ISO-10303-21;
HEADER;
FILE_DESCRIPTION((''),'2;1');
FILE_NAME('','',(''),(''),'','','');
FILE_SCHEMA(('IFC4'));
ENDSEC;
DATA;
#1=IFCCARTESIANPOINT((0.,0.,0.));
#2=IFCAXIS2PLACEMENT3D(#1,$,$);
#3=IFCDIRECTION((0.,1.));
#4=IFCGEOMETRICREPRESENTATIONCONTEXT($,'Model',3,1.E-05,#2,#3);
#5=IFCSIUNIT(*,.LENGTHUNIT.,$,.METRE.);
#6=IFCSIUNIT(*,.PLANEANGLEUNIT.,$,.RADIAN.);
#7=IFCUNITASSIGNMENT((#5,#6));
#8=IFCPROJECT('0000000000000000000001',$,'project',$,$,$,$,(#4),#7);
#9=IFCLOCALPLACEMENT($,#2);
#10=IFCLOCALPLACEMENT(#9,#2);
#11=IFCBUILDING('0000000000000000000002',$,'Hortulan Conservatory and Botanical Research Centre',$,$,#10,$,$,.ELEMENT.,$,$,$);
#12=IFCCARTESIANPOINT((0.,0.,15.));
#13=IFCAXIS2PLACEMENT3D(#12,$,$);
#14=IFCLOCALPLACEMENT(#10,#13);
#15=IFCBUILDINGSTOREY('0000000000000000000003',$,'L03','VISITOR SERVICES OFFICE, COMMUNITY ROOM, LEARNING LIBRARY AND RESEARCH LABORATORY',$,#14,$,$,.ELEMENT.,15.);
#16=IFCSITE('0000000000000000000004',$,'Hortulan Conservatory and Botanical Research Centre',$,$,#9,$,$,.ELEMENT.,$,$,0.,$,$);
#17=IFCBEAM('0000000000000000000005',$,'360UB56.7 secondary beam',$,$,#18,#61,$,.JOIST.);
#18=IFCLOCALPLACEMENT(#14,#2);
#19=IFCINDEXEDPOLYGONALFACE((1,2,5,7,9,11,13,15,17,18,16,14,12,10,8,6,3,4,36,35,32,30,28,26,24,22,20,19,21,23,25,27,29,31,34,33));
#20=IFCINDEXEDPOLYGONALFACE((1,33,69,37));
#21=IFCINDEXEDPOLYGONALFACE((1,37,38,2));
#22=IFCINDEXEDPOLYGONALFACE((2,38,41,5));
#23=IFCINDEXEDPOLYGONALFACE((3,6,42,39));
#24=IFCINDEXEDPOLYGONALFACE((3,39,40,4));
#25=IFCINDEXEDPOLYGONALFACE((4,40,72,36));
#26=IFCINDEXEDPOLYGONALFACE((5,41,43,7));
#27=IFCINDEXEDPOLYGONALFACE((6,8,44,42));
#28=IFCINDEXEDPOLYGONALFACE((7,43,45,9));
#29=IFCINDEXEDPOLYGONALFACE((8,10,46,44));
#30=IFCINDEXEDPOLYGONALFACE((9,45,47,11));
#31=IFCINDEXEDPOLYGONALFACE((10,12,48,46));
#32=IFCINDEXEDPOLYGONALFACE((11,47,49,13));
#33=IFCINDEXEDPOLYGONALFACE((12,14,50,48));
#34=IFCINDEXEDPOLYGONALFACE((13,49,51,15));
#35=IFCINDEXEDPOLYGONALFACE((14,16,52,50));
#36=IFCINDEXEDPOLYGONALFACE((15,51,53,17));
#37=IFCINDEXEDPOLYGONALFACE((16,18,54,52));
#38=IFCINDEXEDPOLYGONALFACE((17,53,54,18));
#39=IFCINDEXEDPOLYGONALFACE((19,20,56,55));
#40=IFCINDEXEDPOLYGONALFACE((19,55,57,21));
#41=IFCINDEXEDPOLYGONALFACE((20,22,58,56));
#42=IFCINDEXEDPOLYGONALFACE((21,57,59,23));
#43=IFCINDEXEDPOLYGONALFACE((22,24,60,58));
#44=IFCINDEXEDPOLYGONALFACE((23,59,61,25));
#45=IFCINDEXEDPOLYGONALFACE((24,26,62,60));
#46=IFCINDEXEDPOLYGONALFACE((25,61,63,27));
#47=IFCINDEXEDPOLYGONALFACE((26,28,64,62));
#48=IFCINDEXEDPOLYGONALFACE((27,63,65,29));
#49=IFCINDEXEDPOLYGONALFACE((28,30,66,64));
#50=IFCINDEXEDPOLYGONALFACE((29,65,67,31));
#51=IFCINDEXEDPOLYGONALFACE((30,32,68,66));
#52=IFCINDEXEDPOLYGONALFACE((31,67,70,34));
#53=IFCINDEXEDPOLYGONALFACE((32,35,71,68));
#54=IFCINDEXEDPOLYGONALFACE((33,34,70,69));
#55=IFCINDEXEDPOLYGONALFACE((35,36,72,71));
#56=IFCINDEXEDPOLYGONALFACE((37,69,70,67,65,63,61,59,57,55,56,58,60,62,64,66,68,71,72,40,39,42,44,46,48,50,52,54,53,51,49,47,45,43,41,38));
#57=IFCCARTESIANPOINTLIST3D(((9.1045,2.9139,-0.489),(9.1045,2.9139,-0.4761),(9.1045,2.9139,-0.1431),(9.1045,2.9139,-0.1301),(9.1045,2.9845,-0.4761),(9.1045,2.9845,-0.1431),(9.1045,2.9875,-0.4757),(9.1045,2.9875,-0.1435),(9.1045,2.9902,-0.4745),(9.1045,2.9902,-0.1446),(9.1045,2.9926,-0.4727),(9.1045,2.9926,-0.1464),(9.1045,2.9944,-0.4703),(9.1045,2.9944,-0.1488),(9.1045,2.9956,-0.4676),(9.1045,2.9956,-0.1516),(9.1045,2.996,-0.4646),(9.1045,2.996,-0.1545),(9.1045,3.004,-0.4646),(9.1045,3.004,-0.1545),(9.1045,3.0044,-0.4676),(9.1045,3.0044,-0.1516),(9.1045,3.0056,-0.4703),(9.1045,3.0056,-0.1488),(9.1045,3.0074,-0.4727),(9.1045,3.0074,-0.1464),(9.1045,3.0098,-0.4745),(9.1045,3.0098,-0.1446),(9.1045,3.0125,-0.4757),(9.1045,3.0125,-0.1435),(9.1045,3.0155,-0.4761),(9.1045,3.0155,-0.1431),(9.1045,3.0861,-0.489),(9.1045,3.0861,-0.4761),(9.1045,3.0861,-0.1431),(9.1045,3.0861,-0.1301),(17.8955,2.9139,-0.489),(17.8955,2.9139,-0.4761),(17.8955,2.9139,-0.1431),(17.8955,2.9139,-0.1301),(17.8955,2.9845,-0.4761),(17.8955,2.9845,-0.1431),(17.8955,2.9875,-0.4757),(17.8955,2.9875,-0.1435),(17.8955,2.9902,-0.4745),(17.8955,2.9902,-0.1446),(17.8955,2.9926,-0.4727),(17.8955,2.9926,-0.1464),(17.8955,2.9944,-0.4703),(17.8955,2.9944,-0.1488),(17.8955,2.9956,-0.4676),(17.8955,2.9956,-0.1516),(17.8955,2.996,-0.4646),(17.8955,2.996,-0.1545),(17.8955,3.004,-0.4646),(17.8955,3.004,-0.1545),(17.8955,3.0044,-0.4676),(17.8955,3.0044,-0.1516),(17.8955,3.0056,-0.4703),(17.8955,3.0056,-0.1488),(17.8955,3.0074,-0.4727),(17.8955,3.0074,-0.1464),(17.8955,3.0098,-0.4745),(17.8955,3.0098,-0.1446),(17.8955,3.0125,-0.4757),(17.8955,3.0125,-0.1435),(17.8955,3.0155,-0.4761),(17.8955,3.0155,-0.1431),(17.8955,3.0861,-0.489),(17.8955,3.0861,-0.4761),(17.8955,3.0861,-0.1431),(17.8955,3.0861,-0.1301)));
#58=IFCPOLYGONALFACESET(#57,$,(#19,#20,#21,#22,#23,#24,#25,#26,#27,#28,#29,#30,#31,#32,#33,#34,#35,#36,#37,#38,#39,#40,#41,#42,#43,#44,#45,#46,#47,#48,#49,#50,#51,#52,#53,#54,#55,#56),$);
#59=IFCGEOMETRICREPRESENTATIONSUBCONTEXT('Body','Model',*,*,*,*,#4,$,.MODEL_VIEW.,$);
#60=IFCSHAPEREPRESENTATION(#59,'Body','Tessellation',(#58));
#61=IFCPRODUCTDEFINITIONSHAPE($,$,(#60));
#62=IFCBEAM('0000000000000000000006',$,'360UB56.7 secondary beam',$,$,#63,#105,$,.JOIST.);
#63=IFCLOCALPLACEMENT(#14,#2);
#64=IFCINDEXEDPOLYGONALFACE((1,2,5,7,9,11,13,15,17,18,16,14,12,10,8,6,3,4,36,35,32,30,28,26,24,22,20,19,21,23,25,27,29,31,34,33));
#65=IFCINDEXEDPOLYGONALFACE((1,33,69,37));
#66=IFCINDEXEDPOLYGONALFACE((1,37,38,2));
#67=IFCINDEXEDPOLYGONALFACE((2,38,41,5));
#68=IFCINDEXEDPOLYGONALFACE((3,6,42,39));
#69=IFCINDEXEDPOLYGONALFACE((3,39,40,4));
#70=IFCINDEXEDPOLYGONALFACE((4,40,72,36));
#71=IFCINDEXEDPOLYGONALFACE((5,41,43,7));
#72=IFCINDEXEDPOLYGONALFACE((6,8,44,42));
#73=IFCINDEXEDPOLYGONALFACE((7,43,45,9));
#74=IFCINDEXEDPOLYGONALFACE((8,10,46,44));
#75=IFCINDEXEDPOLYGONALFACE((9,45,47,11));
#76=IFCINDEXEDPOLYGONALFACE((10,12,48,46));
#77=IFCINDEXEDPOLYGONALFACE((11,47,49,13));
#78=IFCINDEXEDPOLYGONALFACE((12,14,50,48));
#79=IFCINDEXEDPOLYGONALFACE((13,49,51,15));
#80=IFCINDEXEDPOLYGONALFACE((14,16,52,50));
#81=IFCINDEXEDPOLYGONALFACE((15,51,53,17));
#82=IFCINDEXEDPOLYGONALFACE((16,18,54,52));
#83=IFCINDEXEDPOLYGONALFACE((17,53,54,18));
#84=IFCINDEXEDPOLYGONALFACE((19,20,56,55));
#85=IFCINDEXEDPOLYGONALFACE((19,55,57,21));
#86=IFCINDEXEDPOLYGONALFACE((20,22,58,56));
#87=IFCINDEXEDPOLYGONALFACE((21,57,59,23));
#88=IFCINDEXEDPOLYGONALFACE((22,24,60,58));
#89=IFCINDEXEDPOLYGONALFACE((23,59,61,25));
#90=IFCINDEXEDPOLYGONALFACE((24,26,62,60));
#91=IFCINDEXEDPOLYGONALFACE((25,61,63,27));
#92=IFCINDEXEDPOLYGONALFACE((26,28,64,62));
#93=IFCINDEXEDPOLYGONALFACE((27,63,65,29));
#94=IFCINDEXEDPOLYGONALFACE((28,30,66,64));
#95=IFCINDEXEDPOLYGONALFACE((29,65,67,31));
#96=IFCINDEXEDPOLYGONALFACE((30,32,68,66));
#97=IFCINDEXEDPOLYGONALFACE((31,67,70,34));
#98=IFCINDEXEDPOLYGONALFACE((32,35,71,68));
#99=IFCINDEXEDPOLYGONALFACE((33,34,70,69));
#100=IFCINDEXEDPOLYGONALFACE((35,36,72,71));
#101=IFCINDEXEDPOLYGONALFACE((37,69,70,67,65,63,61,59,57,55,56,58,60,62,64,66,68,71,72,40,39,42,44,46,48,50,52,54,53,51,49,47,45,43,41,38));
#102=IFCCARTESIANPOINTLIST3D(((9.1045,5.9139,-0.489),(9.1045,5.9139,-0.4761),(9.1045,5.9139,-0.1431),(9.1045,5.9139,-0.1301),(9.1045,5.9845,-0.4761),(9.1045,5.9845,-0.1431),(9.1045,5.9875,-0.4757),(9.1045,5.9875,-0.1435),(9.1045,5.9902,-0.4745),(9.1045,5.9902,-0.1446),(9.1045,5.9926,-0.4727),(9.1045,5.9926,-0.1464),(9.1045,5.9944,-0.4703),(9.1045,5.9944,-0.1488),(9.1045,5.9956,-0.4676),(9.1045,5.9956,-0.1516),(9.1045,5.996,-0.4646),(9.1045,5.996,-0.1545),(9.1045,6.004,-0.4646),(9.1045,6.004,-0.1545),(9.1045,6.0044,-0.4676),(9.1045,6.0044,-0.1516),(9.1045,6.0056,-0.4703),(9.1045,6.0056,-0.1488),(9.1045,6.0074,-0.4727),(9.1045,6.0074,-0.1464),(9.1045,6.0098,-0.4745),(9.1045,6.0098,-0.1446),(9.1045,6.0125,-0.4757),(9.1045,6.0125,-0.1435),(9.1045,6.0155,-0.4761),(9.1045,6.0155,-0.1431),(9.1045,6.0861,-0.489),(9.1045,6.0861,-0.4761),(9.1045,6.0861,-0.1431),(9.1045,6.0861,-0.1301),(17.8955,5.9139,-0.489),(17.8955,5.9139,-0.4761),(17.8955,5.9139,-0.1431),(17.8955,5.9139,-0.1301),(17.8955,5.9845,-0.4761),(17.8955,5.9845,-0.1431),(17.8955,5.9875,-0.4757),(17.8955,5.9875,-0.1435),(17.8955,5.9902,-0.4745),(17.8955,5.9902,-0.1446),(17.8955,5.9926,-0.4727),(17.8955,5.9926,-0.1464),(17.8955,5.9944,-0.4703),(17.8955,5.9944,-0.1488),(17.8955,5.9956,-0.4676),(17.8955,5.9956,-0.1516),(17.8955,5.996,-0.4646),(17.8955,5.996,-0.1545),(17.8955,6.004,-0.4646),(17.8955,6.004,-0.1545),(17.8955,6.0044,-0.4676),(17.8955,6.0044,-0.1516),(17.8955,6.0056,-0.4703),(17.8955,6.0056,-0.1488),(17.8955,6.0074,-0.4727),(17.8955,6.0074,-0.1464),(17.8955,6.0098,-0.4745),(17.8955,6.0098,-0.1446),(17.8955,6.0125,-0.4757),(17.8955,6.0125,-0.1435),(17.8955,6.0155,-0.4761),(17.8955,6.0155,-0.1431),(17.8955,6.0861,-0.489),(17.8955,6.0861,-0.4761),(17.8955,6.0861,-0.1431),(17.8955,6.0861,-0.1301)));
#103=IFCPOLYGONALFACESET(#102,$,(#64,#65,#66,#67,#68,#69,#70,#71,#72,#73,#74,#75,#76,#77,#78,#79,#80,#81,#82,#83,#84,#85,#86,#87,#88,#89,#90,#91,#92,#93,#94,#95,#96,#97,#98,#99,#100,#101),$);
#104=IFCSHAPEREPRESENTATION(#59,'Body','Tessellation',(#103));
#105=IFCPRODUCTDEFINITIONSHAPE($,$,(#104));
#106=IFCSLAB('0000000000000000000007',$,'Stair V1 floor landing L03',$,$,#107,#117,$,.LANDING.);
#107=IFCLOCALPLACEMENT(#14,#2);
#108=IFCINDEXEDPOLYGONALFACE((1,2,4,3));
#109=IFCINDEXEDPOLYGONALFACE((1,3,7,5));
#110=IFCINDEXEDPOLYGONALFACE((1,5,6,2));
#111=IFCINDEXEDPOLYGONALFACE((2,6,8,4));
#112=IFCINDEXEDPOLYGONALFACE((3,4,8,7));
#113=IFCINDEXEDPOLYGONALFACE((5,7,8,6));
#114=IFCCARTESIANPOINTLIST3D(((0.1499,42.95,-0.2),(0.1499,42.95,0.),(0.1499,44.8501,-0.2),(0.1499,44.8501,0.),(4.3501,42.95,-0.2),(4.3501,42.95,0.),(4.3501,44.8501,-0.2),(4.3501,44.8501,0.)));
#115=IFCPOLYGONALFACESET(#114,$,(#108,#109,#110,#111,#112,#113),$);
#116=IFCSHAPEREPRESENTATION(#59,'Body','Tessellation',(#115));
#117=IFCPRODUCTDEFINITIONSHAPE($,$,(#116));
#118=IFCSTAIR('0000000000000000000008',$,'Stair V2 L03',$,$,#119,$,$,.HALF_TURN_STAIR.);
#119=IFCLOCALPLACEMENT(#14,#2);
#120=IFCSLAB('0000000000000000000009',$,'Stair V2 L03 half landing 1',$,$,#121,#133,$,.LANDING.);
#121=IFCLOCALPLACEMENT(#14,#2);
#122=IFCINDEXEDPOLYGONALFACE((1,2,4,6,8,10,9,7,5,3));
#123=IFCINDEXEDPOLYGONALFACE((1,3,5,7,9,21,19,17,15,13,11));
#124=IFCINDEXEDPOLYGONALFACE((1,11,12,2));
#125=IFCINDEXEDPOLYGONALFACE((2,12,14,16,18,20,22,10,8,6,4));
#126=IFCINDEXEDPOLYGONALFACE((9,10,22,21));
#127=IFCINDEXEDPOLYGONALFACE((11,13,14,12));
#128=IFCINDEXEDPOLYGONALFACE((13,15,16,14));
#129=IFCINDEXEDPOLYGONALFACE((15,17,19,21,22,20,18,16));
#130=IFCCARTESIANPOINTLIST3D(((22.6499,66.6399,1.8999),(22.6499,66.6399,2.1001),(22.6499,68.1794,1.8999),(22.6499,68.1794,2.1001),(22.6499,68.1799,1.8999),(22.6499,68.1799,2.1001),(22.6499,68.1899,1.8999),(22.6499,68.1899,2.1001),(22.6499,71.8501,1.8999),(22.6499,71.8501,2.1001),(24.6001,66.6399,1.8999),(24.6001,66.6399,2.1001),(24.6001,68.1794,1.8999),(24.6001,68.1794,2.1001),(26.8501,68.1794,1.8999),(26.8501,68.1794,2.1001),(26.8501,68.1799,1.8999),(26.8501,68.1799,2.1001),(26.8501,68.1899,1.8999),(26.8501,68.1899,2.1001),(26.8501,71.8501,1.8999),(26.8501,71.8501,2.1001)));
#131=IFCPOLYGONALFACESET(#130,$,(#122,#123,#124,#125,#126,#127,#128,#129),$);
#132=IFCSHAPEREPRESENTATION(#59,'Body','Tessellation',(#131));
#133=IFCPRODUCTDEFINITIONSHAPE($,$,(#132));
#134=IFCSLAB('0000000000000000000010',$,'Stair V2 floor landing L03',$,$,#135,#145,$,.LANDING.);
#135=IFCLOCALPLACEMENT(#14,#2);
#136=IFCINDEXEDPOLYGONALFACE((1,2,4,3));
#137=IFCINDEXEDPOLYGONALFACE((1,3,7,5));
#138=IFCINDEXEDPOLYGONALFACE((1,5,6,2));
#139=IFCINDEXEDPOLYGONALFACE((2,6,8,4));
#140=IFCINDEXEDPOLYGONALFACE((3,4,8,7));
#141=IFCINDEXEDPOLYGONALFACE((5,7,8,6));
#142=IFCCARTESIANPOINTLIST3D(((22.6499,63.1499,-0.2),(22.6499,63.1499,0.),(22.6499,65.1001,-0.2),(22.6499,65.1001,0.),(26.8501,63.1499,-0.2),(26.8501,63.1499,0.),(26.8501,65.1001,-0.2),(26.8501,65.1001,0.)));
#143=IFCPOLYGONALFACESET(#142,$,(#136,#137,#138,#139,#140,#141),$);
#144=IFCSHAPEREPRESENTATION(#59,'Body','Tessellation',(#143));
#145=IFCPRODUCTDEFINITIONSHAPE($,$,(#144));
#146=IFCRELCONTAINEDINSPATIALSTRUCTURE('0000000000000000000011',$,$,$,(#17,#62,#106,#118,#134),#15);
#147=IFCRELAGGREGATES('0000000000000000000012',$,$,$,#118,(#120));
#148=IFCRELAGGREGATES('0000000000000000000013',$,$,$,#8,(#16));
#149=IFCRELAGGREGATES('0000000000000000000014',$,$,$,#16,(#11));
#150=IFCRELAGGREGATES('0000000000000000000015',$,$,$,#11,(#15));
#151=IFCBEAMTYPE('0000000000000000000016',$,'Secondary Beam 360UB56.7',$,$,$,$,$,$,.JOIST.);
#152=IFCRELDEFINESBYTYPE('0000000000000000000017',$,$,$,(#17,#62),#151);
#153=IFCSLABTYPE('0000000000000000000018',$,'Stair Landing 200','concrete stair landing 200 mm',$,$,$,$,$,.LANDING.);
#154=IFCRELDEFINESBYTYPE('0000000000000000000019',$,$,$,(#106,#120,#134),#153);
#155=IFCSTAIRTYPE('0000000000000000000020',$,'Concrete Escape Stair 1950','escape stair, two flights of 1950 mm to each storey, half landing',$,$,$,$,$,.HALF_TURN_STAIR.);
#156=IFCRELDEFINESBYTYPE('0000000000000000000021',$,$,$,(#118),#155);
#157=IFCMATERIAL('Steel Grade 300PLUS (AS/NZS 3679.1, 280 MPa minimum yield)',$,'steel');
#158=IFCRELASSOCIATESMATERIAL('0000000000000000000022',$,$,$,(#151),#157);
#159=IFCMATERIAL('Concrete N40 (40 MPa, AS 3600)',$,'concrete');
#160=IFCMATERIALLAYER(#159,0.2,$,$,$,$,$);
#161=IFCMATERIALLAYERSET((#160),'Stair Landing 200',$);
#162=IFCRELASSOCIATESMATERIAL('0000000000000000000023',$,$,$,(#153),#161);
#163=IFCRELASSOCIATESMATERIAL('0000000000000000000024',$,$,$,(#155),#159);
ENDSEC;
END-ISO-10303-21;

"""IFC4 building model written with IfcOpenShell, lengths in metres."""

from ifc_helpers import new_model, si_unit, direction, frame, origin, origin_2d, place, context, subcontext, project, spatial, polyline, i_section, outline, extrude, material, layer, layer_set, material_profile, profile_set, type_object, element, aggregate, save


model = new_model("IFC4")

# Units and contexts
model_context = context("Model", 3, precision=1e-05, world=origin(), true_north=direction((0.0, 1.0)))
body_context = subcontext(model_context, "Body", "Model", "MODEL_VIEW")
ifc_project = project(units=[si_unit("LENGTHUNIT", "METRE"), si_unit("PLANEANGLEUNIT", "RADIAN")], contexts=[model_context])

# Site, building, storey
site_placement = place(None, origin())
site = spatial("IfcSite", under=ifc_project, at=site_placement, Name="Hortulan Conservatory and Botanical Research Centre", CompositionType="ELEMENT", RefElevation=0.0)
building_placement = place(site_placement, origin())
building = spatial("IfcBuilding", under=site, at=building_placement, Name="Hortulan Conservatory and Botanical Research Centre", CompositionType="ELEMENT")
storey_placement = place(building_placement, frame((0.0, 0.0, 15.0)))
storey = spatial("IfcBuildingStorey", under=building, at=storey_placement, Name="L03", Description="VISITOR SERVICES OFFICE, COMMUNITY ROOM, LEARNING LIBRARY AND RESEARCH LABORATORY", CompositionType="ELEMENT", Elevation=15.0)

# Beams
ifc_material_1 = material(Name="Steel Grade 300PLUS (AS/NZS 3679.1, 280 MPa minimum yield)", Category="steel")
ifc_material_profile_1 = material_profile(ifc_material_1, i_section(OverallWidth=0.1721, OverallDepth=0.3589, WebThickness=0.0081, FlangeThickness=0.0129, FilletRadius=0.0115, at=origin_2d()), Name="360UB56.7")
ifc_profile_set_1 = profile_set([ifc_material_profile_1], Name="Steel Grade 300PLUS (AS/NZS 3679.1, 280 MPa minimum yield)")
beam_type_1 = type_object("IfcBeamType", Name="Secondary Beam 360UB56.7", PredefinedType="JOIST", material=ifc_profile_set_1)
for number, where, z_axis, x_axis, name in (
    (1, (9.1045, 3.0, -0.3096), (1.0, 0.0, 0.0), (0.0, 1.0, 0.0), "360UB56.7 secondary beam"),
    (2, (9.1045, 6.0, -0.3096), (1.0, 0.0, 0.0), (0.0, 1.0, 0.0), "360UB56.7 secondary beam"),
):
    element("IfcBeam", number, at=place(storey_placement, frame(where, z_axis=z_axis, x_axis=x_axis)), inside=storey, type_object=beam_type_1, Name=name, PredefinedType="JOIST", context=body_context, shape_type="SweptSolid", body=[
        extrude(i_section(OverallWidth=0.1721, OverallDepth=0.3589, WebThickness=0.0081, FlangeThickness=0.0129, FilletRadius=0.0115, at=origin_2d()), origin(), (0.0, 0.0, 1.0), 8.791),
    ])

# Slab
ifc_material_2 = material(Name="Concrete N40 (40 MPa, AS 3600)", Category="concrete")
ifc_layer_1 = layer(ifc_material_2, 0.2)
ifc_layer_set_1 = layer_set([ifc_layer_1], Name="Stair Landing 200")
slab_type = type_object("IfcSlabType", Name="Stair Landing 200", Description="concrete stair landing 200 mm", PredefinedType="LANDING", material=ifc_layer_set_1)
slab_1_placement = place(storey_placement, frame((0.0, 0.0, -0.2)))
element("IfcSlab", 3, at=slab_1_placement, inside=storey, type_object=slab_type, Name="Stair V1 floor landing L03", PredefinedType="LANDING", context=body_context, shape_type="SweptSolid", body=[
    extrude(outline(polyline([(0.1499, 44.8501), (4.3501, 44.8501), (4.3501, 42.95), (0.1499, 42.95), (0.1499, 44.8501)])), origin(), (0.0, 0.0, 1.0), 0.2),
])

# Stair, slab
stair_type = type_object("IfcStairType", Name="Concrete Escape Stair 1950", Description="escape stair, two flights of 1950 mm to each storey, half landing", PredefinedType="HALF_TURN_STAIR", material=ifc_material_2)
stair_placement = place(storey_placement, origin())
stair = element("IfcStair", 4, at=stair_placement, inside=storey, type_object=stair_type, Name="Stair V2 L03", PredefinedType="HALF_TURN_STAIR")
slab_2_placement = place(storey_placement, frame((0.0, 0.0, 1.8999)))
slab_2 = element("IfcSlab", 5, at=slab_2_placement, type_object=slab_type, Name="Stair V2 L03 half landing 1", PredefinedType="LANDING", context=body_context, shape_type="SweptSolid", body=[
    extrude(outline(polyline([(26.8501, 68.1794), (24.6001, 68.1794), (24.6001, 66.6399), (22.6499, 66.6399), (22.6499, 68.1794), (22.6499, 68.1799), (22.6499, 68.1899), (22.6499, 71.8501), (26.8501, 71.8501), (26.8501, 68.1899), (26.8501, 68.1799), (26.8501, 68.1794)])), origin(), (0.0, 0.0, 1.0), 0.2002),
])
aggregate(stair, [slab_2])

# Slab
slab_3_placement = place(storey_placement, frame((0.0, 0.0, -0.2)))
element("IfcSlab", 6, at=slab_3_placement, inside=storey, type_object=slab_type, Name="Stair V2 floor landing L03", PredefinedType="LANDING", context=body_context, shape_type="SweptSolid", body=[
    extrude(outline(polyline([(26.8501, 63.1499), (22.6499, 63.1499), (22.6499, 65.1001), (26.8501, 65.1001), (26.8501, 63.1499)])), origin(), (0.0, 0.0, 1.0), 0.2),
])

save(model, "model.ifc")
